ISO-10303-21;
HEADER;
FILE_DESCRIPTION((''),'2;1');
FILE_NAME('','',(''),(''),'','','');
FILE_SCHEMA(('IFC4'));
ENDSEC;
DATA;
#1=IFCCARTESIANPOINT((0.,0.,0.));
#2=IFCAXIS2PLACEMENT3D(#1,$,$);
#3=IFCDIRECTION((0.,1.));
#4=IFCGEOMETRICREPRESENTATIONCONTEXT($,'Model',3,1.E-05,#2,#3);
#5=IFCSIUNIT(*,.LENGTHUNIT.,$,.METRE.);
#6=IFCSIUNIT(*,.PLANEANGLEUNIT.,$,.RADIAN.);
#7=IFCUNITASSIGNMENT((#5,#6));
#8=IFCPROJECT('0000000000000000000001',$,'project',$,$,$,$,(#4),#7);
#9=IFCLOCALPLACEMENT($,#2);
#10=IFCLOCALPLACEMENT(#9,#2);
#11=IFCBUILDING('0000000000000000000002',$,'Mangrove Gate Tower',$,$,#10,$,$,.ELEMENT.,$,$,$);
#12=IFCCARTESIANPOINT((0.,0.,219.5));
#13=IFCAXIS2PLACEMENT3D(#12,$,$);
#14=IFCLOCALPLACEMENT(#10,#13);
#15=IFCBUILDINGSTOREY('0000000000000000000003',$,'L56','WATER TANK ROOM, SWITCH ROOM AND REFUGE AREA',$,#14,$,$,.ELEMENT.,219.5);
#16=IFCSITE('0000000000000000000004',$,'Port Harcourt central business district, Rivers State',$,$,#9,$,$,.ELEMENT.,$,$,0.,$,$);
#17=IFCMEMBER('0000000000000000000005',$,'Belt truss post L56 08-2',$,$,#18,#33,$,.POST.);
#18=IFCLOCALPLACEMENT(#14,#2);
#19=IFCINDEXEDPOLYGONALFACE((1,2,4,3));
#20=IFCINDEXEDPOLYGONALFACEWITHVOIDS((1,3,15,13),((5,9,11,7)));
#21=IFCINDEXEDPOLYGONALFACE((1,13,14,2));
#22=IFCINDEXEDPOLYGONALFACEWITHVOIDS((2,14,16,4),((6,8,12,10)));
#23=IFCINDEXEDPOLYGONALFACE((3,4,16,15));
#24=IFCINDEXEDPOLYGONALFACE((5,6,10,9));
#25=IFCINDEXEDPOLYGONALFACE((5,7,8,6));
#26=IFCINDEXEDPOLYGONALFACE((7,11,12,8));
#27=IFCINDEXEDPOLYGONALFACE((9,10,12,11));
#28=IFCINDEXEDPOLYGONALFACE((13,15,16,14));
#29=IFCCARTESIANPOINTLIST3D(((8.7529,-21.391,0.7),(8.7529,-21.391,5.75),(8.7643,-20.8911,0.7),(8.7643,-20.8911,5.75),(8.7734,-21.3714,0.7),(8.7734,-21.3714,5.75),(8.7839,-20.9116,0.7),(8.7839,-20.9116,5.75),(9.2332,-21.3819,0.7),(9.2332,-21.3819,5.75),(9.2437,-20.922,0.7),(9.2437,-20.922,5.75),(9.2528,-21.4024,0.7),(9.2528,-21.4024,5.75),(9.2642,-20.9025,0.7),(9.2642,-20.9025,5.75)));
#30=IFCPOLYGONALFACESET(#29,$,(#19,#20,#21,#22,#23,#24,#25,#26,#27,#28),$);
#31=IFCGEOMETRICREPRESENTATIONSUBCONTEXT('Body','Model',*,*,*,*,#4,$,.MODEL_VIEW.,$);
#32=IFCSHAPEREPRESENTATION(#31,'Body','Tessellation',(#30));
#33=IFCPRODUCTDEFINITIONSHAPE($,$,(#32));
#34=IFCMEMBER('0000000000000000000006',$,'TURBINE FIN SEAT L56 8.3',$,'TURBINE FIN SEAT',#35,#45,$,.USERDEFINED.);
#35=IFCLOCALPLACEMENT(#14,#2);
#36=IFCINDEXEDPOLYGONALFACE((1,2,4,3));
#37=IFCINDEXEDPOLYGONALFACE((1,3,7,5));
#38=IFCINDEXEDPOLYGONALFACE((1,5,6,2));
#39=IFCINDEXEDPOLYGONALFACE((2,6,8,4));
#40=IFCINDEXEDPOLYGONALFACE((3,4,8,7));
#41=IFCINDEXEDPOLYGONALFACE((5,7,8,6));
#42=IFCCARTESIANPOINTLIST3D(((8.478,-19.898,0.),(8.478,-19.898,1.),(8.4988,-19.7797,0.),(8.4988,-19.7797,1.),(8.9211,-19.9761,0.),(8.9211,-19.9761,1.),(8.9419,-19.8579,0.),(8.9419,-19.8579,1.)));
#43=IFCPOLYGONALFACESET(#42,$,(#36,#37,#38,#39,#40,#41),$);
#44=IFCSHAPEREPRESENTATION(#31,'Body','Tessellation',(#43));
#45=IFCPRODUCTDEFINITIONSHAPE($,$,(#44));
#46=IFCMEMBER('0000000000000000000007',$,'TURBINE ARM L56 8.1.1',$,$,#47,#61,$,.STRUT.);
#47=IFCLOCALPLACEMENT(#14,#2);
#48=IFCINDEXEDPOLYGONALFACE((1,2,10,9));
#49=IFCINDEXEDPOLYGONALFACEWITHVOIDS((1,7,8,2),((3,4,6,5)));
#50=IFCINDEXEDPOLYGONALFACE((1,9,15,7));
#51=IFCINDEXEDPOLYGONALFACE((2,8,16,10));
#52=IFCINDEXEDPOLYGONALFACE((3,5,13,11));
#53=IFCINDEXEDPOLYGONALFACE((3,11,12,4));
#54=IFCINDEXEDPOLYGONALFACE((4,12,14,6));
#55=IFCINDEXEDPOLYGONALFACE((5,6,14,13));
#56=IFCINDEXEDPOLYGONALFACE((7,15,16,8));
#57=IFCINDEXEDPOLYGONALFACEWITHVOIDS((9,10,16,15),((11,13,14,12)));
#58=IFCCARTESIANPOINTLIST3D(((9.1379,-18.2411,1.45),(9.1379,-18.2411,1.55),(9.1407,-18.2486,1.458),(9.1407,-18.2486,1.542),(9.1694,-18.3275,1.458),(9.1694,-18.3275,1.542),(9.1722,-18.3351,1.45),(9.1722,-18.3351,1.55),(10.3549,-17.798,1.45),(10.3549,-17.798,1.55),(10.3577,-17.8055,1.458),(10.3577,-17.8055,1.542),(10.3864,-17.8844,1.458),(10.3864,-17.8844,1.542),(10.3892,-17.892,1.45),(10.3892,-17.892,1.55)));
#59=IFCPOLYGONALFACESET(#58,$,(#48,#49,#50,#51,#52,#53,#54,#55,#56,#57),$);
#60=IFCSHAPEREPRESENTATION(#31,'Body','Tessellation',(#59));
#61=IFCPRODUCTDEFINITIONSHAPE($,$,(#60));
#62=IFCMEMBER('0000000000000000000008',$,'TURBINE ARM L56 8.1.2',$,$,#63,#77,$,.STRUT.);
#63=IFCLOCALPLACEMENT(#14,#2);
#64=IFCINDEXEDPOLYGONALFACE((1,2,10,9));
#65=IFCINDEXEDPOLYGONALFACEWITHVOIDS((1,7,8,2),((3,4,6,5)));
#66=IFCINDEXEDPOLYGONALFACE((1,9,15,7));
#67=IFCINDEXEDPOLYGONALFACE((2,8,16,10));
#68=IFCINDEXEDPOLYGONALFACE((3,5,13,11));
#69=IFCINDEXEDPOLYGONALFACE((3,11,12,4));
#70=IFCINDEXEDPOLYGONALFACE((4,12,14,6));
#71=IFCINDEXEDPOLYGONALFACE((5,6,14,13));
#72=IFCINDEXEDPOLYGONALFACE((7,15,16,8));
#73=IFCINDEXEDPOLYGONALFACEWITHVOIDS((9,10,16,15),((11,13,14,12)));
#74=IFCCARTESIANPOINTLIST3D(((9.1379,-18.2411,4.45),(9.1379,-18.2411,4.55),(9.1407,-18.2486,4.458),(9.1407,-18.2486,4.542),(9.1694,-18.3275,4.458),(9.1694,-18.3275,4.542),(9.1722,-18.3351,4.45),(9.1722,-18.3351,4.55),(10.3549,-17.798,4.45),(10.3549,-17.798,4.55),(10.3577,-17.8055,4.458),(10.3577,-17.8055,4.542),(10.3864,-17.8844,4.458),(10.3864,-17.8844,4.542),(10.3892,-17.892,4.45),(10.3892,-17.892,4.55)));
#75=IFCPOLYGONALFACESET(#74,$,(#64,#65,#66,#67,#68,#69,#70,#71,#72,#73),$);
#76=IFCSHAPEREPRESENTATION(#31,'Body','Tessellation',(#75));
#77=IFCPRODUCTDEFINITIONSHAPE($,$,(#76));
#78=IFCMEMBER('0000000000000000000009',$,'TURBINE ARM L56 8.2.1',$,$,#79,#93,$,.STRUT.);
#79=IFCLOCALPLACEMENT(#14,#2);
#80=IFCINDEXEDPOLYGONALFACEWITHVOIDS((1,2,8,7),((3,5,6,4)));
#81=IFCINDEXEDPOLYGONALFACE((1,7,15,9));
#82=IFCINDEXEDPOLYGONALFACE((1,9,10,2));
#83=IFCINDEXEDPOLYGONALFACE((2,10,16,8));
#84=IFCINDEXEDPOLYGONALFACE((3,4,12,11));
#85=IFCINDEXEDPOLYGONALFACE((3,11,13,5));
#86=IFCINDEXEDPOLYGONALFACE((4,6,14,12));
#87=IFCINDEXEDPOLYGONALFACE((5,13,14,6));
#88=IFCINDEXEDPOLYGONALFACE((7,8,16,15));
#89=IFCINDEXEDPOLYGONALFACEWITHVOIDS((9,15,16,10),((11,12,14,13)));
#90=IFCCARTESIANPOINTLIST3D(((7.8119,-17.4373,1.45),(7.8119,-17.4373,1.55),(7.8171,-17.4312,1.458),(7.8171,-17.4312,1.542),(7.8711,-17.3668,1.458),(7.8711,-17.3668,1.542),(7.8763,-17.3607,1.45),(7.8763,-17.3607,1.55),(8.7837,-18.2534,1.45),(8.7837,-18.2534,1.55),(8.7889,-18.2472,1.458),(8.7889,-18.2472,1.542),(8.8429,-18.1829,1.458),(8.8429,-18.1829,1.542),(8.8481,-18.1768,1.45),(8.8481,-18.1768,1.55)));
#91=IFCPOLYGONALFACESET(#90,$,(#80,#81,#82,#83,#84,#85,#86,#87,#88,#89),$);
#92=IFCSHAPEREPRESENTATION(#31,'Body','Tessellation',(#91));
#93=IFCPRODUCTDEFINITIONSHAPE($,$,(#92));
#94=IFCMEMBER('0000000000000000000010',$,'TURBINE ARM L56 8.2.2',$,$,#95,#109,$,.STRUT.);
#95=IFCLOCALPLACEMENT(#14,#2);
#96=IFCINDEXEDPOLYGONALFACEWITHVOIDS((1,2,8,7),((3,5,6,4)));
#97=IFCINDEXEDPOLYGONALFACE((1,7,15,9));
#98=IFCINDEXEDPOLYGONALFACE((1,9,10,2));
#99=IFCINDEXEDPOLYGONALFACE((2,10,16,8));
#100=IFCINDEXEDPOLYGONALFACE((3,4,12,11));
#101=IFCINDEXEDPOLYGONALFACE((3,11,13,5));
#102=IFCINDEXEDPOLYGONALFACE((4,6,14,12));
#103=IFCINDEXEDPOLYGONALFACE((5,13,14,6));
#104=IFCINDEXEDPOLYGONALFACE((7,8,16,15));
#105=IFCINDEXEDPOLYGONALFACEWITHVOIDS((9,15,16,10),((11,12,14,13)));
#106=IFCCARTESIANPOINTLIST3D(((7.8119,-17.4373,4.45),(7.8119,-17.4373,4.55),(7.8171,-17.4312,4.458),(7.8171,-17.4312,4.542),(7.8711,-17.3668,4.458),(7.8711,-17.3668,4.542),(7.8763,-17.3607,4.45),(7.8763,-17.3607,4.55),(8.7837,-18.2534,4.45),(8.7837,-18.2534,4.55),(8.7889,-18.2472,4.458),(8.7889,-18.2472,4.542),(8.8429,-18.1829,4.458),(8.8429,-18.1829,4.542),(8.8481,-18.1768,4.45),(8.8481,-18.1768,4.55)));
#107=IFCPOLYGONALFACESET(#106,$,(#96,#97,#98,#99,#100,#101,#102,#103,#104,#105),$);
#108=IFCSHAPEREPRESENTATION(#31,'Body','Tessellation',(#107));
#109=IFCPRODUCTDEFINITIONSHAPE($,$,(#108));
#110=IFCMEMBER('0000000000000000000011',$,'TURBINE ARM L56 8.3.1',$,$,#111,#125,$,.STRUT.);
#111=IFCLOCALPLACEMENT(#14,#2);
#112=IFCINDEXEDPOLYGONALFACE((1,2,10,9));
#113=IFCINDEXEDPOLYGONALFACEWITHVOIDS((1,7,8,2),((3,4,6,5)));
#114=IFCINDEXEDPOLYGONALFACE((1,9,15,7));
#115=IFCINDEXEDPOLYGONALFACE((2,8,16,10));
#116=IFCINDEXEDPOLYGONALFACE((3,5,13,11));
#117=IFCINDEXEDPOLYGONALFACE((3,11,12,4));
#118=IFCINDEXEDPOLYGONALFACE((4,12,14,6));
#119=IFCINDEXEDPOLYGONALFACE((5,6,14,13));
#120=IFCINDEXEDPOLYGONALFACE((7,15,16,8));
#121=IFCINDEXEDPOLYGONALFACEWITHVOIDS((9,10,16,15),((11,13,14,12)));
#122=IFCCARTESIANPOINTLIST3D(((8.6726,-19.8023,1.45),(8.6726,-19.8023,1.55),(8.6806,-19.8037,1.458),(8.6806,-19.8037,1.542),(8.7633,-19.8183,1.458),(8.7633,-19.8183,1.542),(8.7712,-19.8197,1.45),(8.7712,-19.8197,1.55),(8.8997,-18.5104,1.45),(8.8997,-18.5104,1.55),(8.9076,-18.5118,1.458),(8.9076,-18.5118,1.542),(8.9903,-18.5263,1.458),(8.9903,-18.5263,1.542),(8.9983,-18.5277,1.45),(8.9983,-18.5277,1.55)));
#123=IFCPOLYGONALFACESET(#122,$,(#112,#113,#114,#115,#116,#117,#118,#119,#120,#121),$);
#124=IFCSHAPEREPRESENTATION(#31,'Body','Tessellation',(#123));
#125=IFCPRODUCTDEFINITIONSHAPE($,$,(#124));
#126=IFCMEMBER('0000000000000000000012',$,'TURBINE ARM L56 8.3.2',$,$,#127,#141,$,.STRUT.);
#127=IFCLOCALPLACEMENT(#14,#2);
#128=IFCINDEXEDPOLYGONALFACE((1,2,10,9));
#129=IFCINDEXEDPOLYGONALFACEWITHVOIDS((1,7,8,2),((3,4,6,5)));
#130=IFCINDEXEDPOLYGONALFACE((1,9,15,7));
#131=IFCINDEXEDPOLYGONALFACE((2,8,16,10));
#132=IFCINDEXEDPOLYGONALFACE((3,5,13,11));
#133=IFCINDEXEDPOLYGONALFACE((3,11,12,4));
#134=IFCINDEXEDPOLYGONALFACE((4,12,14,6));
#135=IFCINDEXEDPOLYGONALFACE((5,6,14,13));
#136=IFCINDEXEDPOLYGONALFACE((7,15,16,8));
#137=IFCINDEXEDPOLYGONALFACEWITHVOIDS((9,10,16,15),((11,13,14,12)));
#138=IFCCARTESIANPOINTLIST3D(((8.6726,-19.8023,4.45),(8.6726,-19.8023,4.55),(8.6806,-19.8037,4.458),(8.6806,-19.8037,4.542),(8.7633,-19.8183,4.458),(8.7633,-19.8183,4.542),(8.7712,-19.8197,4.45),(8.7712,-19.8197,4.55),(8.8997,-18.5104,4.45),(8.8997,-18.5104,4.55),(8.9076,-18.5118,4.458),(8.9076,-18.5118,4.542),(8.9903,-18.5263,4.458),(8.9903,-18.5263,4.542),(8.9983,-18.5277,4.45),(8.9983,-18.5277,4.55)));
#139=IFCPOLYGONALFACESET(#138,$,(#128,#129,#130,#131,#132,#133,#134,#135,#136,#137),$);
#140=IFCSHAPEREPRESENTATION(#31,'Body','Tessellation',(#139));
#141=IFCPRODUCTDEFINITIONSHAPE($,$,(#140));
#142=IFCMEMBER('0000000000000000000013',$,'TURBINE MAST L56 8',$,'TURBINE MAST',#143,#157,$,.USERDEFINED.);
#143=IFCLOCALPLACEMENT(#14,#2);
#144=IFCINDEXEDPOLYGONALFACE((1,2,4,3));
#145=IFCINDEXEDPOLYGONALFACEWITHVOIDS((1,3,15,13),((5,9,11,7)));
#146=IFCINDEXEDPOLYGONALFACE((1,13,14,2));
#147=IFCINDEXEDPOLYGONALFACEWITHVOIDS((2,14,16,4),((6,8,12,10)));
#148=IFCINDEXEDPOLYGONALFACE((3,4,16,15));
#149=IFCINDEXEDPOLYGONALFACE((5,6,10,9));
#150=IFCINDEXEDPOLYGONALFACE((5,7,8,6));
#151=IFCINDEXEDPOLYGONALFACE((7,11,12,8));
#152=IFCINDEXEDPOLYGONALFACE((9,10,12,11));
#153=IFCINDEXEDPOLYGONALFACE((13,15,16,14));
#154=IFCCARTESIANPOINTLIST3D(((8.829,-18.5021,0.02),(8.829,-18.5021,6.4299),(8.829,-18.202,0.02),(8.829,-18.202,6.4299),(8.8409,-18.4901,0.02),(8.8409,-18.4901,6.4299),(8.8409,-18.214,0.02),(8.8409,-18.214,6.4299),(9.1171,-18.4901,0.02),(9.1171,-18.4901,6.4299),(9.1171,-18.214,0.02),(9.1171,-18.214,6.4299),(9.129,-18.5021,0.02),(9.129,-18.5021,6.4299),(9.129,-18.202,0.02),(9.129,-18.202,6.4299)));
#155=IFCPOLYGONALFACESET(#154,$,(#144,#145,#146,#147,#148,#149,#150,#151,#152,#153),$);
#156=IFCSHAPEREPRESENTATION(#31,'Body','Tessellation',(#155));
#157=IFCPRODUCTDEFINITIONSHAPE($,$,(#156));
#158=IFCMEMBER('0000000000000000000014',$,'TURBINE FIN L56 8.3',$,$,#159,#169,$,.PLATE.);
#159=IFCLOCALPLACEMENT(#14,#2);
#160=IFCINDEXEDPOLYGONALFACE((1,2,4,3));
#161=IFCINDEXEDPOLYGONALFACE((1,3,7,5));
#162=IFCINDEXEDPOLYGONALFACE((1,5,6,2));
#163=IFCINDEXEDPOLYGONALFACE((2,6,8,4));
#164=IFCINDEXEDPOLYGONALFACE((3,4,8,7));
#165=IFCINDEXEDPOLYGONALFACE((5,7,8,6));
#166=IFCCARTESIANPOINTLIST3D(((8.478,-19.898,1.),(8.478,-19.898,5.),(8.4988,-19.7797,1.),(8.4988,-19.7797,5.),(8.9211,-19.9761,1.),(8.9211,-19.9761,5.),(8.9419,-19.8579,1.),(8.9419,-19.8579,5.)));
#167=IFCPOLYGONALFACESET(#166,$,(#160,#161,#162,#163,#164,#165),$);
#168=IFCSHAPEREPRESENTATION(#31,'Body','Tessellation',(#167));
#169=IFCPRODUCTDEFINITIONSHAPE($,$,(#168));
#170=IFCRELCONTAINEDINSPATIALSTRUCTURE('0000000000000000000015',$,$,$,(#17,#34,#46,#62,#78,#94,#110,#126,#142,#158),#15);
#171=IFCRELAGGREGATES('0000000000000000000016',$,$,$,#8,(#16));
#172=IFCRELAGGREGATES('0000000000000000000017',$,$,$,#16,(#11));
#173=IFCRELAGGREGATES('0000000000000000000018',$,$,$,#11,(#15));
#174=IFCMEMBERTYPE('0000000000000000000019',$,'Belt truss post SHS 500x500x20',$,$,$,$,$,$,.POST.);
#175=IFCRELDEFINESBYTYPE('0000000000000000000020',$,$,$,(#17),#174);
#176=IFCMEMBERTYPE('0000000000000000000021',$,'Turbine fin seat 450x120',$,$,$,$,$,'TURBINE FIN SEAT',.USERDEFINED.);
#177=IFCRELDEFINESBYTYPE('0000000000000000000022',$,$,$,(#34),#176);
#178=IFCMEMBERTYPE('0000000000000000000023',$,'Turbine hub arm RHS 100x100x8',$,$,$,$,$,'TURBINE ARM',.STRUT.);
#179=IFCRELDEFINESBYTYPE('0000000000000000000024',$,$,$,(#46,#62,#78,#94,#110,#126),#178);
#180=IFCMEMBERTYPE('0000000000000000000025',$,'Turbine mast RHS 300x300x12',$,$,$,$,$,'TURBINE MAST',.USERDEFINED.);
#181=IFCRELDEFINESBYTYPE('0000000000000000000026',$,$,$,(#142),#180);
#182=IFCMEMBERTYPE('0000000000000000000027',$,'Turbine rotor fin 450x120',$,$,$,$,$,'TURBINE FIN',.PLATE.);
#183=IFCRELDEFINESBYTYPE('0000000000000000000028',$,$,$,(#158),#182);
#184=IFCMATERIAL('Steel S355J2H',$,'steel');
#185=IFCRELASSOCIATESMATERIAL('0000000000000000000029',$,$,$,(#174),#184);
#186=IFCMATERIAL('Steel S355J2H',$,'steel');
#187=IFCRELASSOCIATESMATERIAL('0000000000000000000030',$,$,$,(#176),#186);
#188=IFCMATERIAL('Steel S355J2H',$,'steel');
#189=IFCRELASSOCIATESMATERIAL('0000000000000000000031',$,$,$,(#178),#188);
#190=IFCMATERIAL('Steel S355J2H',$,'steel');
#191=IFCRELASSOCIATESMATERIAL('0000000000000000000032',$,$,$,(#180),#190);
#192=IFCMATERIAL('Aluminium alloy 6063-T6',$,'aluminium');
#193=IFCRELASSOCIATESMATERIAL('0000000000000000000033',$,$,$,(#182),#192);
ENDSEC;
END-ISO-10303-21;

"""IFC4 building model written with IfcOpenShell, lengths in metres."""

from ifc_helpers import new_model, si_unit, direction, frame, origin, origin_2d, place, context, subcontext, project, spatial, rectangle, hollow_rectangle, extrude, material, material_profile, profile_set, type_object, element, save


model = new_model("IFC4")

# Units and contexts
model_context = context("Model", 3, precision=1e-05, world=origin(), true_north=direction((0.0, 1.0)))
body_context = subcontext(model_context, "Body", "Model", "MODEL_VIEW")
ifc_project = project(units=[si_unit("LENGTHUNIT", "METRE"), si_unit("PLANEANGLEUNIT", "RADIAN")], contexts=[model_context])

# Site, building, storey
site_placement = place(None, origin())
site = spatial("IfcSite", under=ifc_project, at=site_placement, Name="Port Harcourt central business district, Rivers State", CompositionType="ELEMENT", RefElevation=0.0)
building_placement = place(site_placement, origin())
building = spatial("IfcBuilding", under=site, at=building_placement, Name="Mangrove Gate Tower", CompositionType="ELEMENT")
storey_placement = place(building_placement, frame((0.0, 0.0, 219.5)))
storey = spatial("IfcBuildingStorey", under=building, at=storey_placement, Name="L56", Description="WATER TANK ROOM, SWITCH ROOM AND REFUGE AREA", CompositionType="ELEMENT", Elevation=219.5)

# Members
ifc_material_1 = material(Name="Steel S355J2H", Category="steel")
ifc_material_profile_1 = material_profile(ifc_material_1, hollow_rectangle(XDim=0.5, YDim=0.5, WallThickness=0.02, at=origin_2d()))
ifc_profile_set_1 = profile_set([ifc_material_profile_1], Name="Steel S355J2H")
member_type_1 = type_object("IfcMemberType", Name="Belt truss post SHS 500x500x20", PredefinedType="POST", material=ifc_profile_set_1)
member_1_placement = place(storey_placement, frame((9.0085, -21.1467, 0.7), z_axis=(0.0, 0.0, 1.0), x_axis=(0.999741, -0.02278, 0.0)))
element("IfcMember", 1, at=member_1_placement, inside=storey, type_object=member_type_1, Name="Belt truss post L56 08-2", PredefinedType="POST", context=body_context, shape_type="SweptSolid", body=[
    extrude(hollow_rectangle(XDim=0.5, YDim=0.5, WallThickness=0.02, at=origin_2d()), origin(), (0.0, 0.0, 1.0), 5.05),
])
ifc_material_2 = material(Name="Steel S355J2H", Category="steel")
ifc_material_profile_2 = material_profile(ifc_material_2, rectangle(XDim=0.45, YDim=0.1201, at=origin_2d()))
ifc_profile_set_2 = profile_set([ifc_material_profile_2], Name="Steel S355J2H")
member_type_2 = type_object("IfcMemberType", Name="Turbine fin seat 450x120", ElementType="TURBINE FIN SEAT", PredefinedType="USERDEFINED", material=ifc_profile_set_2)
member_2_placement = place(storey_placement, frame((8.71, -19.8779, 0.0), z_axis=(0.0, 0.0, 1.0), x_axis=(0.984808, -0.173648, 0.0)))
element("IfcMember", 2, at=member_2_placement, inside=storey, type_object=member_type_2, Name="TURBINE FIN SEAT L56 8.3", ObjectType="TURBINE FIN SEAT", PredefinedType="USERDEFINED", context=body_context, shape_type="SweptSolid", body=[
    extrude(rectangle(XDim=0.45, YDim=0.1201, at=origin_2d()), origin(), (0.0, 0.0, 1.0), 1.0),
])
ifc_material_3 = material(Name="Steel S355J2H", Category="steel")
ifc_material_profile_3 = material_profile(ifc_material_3, hollow_rectangle(XDim=0.1001, YDim=0.1001, WallThickness=0.0081, at=origin_2d()))
ifc_profile_set_3 = profile_set([ifc_material_profile_3], Name="Steel S355J2H")
member_type_3 = type_object("IfcMemberType", Name="Turbine hub arm RHS 100x100x8", ElementType="TURBINE ARM", PredefinedType="STRUT", material=ifc_profile_set_3)
for number, where, z_axis, x_axis, name in (
    (3, (9.155, -18.2881, 1.5), (0.939656, 0.342121, 0.0), (-0.342121, 0.939656, 0.0), "TURBINE ARM L56 8.1.1"),
    (4, (9.155, -18.2881, 4.5), (0.939656, 0.342121, 0.0), (-0.342121, 0.939656, 0.0), "TURBINE ARM L56 8.1.2"),
):
    element("IfcMember", number, at=place(storey_placement, frame(where, z_axis=z_axis, x_axis=x_axis)), inside=storey, type_object=member_type_3, Name=name, PredefinedType="STRUT", context=body_context, shape_type="SweptSolid", body=[
        extrude(hollow_rectangle(XDim=0.1001, YDim=0.1001, WallThickness=0.0081, at=origin_2d()), origin(), (0.0, 0.0, 1.0), 1.2952),
    ])
for number, where, z_axis, x_axis, name in (
    (5, (8.8159, -18.2151, 1.5), (-0.765803, 0.643075, 0.0), (-0.643075, -0.765803, 0.0), "TURBINE ARM L56 8.2.1"),
    (6, (8.8159, -18.2151, 4.5), (-0.765803, 0.643075, 0.0), (-0.643075, -0.765803, 0.0), "TURBINE ARM L56 8.2.2"),
):
    element("IfcMember", number, at=place(storey_placement, frame(where, z_axis=z_axis, x_axis=x_axis)), inside=storey, type_object=member_type_3, Name=name, PredefinedType="STRUT", context=body_context, shape_type="SweptSolid", body=[
        extrude(hollow_rectangle(XDim=0.1001, YDim=0.1001, WallThickness=0.0081, at=origin_2d()), origin(), (0.0, 0.0, 1.0), 1.269),
    ])
for number, where, z_axis, x_axis, name in (
    (7, (8.949, -18.519, 1.5), (-0.173085, -0.984907, 0.0), (0.984907, -0.173085, 0.0), "TURBINE ARM L56 8.3.1"),
    (8, (8.949, -18.519, 4.5), (-0.173085, -0.984907, 0.0), (0.984907, -0.173085, 0.0), "TURBINE ARM L56 8.3.2"),
):
    element("IfcMember", number, at=place(storey_placement, frame(where, z_axis=z_axis, x_axis=x_axis)), inside=storey, type_object=member_type_3, Name=name, PredefinedType="STRUT", context=body_context, shape_type="SweptSolid", body=[
        extrude(hollow_rectangle(XDim=0.1001, YDim=0.1001, WallThickness=0.0081, at=origin_2d()), origin(), (0.0, 0.0, 1.0), 1.3118),
    ])
ifc_material_4 = material(Name="Steel S355J2H", Category="steel")
ifc_material_profile_4 = material_profile(ifc_material_4, hollow_rectangle(XDim=0.3, YDim=0.3, WallThickness=0.012, at=origin_2d()))
ifc_profile_set_4 = profile_set([ifc_material_profile_4], Name="Steel S355J2H")
member_type_4 = type_object("IfcMemberType", Name="Turbine mast RHS 300x300x12", ElementType="TURBINE MAST", PredefinedType="USERDEFINED", material=ifc_profile_set_4)
member_3_placement = place(storey_placement, frame((8.979, -18.3521, 0.02), z_axis=(0.0, 0.0, 1.0), x_axis=(1.0, 0.0, 0.0)))
element("IfcMember", 9, at=member_3_placement, inside=storey, type_object=member_type_4, Name="TURBINE MAST L56 8", ObjectType="TURBINE MAST", PredefinedType="USERDEFINED", context=body_context, shape_type="SweptSolid", body=[
    extrude(hollow_rectangle(XDim=0.3, YDim=0.3, WallThickness=0.012, at=origin_2d()), origin(), (0.0, 0.0, 1.0), 6.4099),
])
ifc_material_5 = material(Name="Aluminium alloy 6063-T6", Category="aluminium")
ifc_material_profile_5 = material_profile(ifc_material_5, rectangle(XDim=0.45, YDim=0.1201, at=origin_2d()))
ifc_profile_set_5 = profile_set([ifc_material_profile_5], Name="Aluminium alloy 6063-T6")
member_type_5 = type_object("IfcMemberType", Name="Turbine rotor fin 450x120", ElementType="TURBINE FIN", PredefinedType="PLATE", material=ifc_profile_set_5)
member_4_placement = place(storey_placement, frame((8.71, -19.8779, 1.0), z_axis=(0.0, 0.0, 1.0), x_axis=(0.984808, -0.173648, 0.0)))
element("IfcMember", 10, at=member_4_placement, inside=storey, type_object=member_type_5, Name="TURBINE FIN L56 8.3", PredefinedType="PLATE", context=body_context, shape_type="SweptSolid", body=[
    extrude(rectangle(XDim=0.45, YDim=0.1201, at=origin_2d()), origin(), (0.0, 0.0, 1.0), 4.0),
])

save(model, "model.ifc")
